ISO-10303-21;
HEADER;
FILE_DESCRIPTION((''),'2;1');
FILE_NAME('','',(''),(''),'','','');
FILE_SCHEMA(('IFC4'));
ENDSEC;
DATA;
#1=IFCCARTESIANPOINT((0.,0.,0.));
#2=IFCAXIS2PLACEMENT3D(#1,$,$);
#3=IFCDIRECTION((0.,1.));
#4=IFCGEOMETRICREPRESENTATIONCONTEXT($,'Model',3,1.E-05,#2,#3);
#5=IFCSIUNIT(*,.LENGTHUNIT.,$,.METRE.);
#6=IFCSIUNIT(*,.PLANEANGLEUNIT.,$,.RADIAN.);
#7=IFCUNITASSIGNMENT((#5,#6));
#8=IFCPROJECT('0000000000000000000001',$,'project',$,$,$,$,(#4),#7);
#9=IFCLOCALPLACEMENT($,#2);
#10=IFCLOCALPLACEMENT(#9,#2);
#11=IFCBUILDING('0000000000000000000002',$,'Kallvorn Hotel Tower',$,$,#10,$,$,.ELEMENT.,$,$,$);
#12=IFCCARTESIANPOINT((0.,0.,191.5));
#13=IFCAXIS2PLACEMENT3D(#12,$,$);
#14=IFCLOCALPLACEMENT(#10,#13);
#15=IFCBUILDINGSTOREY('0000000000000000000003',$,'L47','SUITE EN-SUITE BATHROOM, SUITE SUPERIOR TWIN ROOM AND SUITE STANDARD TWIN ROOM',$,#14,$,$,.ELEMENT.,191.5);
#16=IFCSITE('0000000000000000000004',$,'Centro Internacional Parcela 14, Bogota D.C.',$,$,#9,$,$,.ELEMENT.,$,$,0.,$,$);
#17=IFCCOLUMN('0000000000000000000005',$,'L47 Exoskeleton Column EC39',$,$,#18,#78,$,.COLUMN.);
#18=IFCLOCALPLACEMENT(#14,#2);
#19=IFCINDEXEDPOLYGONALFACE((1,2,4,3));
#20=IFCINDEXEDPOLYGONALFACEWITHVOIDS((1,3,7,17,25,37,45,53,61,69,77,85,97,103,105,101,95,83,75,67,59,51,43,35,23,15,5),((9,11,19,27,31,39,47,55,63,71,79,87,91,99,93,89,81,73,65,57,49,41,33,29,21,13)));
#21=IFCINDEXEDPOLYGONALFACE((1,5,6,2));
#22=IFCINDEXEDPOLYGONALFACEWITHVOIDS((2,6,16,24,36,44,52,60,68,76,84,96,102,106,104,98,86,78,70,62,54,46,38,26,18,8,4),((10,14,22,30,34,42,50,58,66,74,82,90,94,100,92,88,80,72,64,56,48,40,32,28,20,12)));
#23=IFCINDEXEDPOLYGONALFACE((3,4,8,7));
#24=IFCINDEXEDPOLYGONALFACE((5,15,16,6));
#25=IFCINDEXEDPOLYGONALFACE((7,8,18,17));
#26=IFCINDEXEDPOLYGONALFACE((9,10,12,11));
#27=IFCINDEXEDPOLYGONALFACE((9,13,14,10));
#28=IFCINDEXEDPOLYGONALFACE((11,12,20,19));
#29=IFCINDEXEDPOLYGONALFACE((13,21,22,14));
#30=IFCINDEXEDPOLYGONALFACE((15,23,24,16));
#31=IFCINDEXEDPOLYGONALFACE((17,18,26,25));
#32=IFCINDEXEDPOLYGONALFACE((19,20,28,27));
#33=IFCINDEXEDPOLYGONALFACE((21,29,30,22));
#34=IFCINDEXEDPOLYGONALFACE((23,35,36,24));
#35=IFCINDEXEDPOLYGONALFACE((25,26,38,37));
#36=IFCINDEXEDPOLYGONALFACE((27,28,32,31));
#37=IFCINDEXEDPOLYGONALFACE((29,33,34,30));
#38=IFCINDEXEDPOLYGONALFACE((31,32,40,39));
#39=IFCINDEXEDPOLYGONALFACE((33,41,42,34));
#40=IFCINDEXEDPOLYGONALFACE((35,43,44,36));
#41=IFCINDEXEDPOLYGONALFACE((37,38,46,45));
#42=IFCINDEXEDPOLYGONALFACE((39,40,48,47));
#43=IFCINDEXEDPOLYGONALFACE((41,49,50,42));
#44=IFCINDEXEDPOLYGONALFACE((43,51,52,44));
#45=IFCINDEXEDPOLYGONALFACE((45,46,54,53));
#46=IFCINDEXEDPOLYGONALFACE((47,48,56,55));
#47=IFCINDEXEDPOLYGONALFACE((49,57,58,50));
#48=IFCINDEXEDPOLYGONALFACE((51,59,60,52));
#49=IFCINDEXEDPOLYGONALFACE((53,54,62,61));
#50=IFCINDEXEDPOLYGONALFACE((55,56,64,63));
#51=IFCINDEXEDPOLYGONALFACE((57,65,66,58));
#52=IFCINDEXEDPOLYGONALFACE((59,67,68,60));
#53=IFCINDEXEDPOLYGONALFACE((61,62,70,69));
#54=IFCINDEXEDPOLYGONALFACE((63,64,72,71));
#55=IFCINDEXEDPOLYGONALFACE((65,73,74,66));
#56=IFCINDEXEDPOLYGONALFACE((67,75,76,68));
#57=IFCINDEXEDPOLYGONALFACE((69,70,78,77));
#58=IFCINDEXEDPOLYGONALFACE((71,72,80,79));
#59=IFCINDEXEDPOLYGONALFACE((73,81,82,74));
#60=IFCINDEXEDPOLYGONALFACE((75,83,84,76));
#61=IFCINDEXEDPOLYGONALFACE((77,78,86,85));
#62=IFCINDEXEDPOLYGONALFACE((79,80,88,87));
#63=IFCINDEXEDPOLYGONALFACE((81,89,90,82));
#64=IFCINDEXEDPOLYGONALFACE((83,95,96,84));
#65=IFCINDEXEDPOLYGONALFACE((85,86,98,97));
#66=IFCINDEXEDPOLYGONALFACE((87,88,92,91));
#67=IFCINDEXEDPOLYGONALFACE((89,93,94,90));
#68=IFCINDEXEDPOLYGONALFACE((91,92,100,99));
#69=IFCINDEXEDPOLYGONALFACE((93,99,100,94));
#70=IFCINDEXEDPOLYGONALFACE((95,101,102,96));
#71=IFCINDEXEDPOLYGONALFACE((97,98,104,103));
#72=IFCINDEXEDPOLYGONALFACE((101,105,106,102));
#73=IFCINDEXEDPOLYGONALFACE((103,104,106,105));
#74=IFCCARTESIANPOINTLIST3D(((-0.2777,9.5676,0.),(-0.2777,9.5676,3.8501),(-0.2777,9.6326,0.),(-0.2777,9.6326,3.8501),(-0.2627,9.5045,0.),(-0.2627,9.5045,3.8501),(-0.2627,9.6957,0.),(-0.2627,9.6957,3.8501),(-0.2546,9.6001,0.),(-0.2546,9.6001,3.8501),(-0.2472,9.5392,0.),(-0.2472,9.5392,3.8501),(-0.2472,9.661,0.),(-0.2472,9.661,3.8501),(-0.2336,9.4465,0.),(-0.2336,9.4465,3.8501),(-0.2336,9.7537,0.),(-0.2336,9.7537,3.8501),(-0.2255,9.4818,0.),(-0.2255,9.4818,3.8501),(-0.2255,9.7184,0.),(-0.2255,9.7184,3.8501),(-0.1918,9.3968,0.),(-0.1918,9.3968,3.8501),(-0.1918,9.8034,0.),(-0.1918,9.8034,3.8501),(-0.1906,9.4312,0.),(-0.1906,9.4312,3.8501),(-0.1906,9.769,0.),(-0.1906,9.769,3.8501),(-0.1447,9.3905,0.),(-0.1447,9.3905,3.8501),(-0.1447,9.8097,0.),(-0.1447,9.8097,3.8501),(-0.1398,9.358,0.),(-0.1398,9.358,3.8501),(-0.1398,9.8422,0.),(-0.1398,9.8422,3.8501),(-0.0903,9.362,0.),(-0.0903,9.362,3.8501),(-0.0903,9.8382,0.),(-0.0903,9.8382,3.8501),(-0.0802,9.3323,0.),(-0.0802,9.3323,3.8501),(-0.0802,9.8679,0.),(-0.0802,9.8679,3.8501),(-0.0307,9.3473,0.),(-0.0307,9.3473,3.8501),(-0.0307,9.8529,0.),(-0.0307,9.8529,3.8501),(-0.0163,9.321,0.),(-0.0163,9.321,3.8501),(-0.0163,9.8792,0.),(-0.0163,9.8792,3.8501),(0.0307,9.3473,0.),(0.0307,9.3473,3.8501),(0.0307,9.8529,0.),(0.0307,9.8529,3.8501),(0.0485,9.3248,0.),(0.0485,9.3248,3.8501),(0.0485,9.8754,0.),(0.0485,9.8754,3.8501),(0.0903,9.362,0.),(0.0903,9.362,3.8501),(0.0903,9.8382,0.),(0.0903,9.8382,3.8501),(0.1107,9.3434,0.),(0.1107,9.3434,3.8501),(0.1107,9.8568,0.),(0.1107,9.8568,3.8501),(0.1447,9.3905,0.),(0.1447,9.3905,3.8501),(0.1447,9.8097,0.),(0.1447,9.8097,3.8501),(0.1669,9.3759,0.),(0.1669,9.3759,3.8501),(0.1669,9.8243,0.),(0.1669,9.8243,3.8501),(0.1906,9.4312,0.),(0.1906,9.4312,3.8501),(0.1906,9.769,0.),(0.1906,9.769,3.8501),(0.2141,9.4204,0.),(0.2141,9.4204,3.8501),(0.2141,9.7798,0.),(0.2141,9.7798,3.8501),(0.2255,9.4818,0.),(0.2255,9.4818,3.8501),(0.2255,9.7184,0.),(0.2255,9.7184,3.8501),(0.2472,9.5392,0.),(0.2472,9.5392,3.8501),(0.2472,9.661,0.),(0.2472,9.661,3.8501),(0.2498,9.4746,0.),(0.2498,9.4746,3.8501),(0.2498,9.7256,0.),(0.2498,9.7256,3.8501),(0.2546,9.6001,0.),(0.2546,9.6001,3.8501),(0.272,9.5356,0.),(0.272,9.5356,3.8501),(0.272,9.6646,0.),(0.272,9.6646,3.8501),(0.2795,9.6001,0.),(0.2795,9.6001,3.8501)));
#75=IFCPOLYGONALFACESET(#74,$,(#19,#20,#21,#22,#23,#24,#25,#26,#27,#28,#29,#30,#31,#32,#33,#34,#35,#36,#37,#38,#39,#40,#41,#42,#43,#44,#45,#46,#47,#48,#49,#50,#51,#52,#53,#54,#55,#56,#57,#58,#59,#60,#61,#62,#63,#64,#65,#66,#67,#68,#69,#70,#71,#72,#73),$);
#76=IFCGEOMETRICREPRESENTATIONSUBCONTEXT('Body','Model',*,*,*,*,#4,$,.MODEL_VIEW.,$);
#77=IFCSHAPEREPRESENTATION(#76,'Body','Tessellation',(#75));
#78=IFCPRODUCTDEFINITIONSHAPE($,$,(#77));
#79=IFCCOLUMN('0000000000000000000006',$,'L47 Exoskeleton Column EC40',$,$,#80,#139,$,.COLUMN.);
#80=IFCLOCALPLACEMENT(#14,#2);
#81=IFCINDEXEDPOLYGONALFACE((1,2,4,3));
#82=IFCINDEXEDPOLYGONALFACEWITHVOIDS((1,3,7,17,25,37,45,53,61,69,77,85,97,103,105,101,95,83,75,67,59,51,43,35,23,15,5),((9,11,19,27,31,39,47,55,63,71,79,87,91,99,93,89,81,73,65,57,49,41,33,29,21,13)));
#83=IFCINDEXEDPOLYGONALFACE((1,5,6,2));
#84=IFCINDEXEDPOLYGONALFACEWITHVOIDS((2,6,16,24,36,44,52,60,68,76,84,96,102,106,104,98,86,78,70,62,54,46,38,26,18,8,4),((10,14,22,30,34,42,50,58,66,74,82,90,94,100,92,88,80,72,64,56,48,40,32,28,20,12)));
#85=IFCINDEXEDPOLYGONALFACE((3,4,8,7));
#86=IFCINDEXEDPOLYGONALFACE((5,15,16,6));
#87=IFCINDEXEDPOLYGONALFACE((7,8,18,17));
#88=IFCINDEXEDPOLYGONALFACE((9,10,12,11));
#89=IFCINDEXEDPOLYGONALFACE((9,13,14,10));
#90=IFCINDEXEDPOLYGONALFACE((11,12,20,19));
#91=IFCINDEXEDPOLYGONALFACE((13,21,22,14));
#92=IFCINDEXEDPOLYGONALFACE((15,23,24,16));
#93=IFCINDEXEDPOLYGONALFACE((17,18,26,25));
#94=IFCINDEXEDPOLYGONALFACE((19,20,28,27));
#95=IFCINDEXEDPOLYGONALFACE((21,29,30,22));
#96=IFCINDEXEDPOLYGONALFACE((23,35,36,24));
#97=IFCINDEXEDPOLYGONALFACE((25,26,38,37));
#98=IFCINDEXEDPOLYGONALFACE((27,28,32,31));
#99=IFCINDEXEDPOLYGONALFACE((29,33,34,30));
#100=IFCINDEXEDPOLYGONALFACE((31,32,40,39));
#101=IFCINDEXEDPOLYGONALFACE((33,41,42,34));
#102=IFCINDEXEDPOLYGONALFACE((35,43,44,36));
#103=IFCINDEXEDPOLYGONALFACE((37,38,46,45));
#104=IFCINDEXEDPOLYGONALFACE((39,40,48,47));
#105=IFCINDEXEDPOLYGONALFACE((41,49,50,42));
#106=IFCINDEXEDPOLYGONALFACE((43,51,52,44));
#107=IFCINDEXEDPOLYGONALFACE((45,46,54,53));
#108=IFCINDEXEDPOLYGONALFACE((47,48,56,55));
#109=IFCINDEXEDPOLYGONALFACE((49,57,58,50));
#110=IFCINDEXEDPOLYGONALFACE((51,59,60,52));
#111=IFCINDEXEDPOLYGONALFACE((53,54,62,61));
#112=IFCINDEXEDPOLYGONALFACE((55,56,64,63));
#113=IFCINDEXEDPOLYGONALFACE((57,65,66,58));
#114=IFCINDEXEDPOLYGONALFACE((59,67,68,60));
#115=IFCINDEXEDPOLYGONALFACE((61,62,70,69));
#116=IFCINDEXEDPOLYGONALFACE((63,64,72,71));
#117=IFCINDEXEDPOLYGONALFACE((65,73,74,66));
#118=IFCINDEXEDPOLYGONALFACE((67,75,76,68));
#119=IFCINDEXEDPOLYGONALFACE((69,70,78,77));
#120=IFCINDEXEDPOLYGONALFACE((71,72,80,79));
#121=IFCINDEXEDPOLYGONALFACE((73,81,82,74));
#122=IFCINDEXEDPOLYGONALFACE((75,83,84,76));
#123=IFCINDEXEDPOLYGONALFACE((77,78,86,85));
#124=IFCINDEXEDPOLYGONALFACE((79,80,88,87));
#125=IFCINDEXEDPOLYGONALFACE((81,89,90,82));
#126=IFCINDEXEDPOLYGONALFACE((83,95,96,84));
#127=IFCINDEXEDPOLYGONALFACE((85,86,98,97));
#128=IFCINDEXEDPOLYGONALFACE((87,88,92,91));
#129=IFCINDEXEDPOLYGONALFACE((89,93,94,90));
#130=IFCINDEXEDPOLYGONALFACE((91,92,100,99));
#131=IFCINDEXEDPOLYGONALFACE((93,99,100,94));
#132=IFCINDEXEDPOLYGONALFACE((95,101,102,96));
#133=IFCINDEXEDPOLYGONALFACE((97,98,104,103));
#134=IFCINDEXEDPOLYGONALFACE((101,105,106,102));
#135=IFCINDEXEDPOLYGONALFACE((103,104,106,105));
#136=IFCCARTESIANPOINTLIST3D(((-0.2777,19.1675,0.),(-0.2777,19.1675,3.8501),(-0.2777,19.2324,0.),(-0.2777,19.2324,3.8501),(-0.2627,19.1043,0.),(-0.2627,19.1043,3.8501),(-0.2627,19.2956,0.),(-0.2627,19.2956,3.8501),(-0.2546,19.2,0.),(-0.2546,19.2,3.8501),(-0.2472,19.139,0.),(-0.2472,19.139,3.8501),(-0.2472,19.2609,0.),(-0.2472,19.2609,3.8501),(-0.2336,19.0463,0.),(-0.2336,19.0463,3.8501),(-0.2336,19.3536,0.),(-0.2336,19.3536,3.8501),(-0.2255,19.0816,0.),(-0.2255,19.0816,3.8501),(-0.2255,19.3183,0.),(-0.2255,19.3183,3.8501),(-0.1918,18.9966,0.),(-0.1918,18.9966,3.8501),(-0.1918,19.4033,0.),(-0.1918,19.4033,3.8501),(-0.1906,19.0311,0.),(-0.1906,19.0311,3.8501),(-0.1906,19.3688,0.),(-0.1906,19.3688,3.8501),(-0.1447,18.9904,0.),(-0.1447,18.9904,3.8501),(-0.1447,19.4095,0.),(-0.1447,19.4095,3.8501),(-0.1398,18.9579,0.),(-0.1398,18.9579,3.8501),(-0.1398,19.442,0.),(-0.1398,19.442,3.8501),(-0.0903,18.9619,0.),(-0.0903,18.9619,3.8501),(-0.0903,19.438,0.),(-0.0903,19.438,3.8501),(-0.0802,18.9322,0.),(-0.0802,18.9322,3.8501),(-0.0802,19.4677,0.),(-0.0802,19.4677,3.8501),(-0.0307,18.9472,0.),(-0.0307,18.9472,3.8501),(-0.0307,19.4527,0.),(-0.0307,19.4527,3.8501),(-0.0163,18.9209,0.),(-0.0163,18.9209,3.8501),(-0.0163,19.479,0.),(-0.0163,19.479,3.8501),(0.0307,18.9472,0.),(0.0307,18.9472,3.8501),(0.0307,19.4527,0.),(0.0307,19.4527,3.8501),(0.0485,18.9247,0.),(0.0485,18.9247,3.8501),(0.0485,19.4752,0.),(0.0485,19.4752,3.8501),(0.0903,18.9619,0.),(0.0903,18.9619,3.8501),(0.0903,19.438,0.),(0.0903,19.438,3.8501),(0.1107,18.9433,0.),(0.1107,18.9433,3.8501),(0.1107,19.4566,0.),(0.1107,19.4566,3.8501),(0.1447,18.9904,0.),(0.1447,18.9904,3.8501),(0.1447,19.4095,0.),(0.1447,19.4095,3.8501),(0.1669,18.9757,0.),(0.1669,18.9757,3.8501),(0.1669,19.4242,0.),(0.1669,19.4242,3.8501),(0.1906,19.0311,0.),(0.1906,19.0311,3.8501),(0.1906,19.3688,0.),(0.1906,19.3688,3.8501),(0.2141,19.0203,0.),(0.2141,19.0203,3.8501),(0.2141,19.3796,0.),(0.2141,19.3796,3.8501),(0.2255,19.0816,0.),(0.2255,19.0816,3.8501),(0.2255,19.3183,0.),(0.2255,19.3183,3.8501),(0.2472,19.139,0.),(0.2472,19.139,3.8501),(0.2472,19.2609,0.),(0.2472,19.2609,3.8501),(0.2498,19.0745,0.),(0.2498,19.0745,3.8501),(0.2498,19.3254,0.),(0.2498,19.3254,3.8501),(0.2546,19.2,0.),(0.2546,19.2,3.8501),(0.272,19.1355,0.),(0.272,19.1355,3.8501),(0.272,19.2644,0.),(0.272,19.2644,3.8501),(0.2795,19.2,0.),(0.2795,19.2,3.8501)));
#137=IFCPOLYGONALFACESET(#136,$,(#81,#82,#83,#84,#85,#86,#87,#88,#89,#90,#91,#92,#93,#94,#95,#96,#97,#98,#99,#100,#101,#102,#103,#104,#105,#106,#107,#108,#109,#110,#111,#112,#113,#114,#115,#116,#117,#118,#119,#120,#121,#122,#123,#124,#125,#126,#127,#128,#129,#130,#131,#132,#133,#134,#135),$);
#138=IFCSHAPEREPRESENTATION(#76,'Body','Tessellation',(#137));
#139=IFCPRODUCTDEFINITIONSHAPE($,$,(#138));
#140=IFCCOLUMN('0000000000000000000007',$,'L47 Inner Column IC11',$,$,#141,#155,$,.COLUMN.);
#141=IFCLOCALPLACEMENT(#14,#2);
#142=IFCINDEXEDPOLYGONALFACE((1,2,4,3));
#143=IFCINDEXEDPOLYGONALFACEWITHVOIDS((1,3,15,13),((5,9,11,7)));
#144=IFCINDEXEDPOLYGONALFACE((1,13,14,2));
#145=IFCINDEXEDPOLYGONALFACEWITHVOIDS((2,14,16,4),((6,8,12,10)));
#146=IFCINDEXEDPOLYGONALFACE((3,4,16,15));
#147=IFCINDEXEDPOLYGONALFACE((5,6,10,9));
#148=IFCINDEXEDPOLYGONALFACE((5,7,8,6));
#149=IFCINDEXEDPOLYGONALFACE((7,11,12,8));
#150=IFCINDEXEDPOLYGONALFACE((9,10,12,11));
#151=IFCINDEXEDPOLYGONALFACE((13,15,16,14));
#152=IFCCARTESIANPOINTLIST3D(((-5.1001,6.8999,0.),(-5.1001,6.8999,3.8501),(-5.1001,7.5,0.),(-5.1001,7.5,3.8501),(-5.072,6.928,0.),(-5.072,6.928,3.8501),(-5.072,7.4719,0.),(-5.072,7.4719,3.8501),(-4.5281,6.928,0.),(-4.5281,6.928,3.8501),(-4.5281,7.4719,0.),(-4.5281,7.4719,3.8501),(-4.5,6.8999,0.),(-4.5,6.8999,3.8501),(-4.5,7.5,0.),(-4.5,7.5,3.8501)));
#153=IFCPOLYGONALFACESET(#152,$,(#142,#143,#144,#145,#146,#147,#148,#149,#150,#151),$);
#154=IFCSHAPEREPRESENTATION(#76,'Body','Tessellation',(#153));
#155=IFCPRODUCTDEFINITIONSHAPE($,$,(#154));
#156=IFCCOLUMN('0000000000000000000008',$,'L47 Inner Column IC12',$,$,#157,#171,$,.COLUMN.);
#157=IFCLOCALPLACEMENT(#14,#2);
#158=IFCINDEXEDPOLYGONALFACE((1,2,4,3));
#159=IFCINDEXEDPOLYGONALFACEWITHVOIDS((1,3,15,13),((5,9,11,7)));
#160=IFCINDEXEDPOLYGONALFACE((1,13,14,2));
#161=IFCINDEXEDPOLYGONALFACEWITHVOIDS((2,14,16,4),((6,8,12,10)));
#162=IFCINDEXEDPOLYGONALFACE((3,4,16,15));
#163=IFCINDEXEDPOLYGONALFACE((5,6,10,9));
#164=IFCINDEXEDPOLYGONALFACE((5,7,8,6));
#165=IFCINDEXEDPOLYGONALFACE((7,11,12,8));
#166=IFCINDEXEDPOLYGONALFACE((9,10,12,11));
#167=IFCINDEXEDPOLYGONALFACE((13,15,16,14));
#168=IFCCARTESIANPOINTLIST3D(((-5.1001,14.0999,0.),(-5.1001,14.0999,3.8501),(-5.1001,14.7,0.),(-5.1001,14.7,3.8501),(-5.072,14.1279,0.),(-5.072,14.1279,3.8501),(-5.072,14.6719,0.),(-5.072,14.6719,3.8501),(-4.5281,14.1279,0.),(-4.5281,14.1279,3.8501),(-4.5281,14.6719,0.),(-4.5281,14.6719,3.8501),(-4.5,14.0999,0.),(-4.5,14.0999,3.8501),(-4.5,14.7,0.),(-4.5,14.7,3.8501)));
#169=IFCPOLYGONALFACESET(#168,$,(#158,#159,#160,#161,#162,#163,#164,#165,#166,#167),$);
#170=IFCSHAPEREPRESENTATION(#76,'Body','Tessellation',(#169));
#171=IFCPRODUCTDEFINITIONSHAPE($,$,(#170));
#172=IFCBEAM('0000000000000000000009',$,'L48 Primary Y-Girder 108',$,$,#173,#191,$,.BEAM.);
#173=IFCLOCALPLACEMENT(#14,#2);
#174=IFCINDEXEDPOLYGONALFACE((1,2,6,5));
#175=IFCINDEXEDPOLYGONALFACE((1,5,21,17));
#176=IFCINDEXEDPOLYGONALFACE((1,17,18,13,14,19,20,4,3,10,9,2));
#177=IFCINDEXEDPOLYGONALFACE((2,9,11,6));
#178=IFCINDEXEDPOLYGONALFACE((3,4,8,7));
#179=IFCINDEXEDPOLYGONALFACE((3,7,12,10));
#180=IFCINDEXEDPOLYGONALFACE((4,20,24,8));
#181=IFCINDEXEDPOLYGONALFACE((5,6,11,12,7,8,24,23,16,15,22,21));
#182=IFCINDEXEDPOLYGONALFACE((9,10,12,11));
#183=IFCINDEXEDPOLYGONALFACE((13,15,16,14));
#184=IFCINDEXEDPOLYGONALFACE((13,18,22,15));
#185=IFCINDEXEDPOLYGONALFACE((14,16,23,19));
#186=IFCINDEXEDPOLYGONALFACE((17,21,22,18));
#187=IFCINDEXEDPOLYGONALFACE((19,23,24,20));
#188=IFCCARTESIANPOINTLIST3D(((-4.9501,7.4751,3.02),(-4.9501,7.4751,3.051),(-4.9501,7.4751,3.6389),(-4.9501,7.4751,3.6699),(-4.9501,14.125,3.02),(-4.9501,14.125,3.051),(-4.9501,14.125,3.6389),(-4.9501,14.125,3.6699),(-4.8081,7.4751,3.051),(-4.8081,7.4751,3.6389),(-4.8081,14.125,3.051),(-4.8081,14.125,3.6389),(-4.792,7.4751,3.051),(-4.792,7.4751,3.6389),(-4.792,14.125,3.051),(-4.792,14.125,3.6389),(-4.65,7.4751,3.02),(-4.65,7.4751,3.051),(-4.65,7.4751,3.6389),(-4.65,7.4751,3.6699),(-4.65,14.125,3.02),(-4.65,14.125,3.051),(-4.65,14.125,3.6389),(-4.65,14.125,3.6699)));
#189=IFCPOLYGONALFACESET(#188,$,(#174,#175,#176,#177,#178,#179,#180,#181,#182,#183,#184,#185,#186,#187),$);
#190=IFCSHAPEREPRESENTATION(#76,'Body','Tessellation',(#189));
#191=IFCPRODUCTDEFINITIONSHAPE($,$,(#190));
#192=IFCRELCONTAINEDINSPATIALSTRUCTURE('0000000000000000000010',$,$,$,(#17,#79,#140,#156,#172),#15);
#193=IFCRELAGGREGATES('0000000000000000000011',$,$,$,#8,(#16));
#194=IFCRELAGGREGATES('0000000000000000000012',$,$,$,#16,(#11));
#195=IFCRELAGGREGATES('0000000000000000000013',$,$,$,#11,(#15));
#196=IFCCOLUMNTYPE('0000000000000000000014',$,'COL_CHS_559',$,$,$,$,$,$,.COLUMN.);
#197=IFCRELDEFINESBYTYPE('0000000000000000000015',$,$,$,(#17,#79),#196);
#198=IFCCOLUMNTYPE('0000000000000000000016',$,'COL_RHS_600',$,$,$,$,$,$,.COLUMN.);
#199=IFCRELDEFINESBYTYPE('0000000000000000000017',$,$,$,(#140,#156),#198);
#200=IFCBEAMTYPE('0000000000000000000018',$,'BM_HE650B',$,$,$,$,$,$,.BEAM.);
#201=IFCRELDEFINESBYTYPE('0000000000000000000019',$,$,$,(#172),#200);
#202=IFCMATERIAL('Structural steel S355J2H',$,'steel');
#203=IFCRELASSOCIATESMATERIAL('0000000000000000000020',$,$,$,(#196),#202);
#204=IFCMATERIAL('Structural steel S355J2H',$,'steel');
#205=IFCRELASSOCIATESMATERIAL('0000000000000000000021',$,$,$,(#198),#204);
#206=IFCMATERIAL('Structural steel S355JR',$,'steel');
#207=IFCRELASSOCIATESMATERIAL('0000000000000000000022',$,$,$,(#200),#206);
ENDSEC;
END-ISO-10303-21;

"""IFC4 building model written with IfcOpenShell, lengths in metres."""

from ifc_helpers import new_model, si_unit, direction, frame, origin, origin_2d, place, context, subcontext, project, spatial, hollow_rectangle, hollow_circle, i_section, extrude, material, material_profile, profile_set, type_object, element, save


model = new_model("IFC4")

# Units and contexts
model_context = context("Model", 3, precision=1e-05, world=origin(), true_north=direction((0.0, 1.0)))
body_context = subcontext(model_context, "Body", "Model", "MODEL_VIEW")
ifc_project = project(units=[si_unit("LENGTHUNIT", "METRE"), si_unit("PLANEANGLEUNIT", "RADIAN")], contexts=[model_context])

# Site, building, storey
site_placement = place(None, origin())
site = spatial("IfcSite", under=ifc_project, at=site_placement, Name="Centro Internacional Parcela 14, Bogota D.C.", CompositionType="ELEMENT", RefElevation=0.0)
building_placement = place(site_placement, origin())
building = spatial("IfcBuilding", under=site, at=building_placement, Name="Kallvorn Hotel Tower", CompositionType="ELEMENT")
storey_placement = place(building_placement, frame((0.0, 0.0, 191.5)))
storey = spatial("IfcBuildingStorey", under=building, at=storey_placement, Name="L47", Description="SUITE EN-SUITE BATHROOM, SUITE SUPERIOR TWIN ROOM AND SUITE STANDARD TWIN ROOM", CompositionType="ELEMENT", Elevation=191.5)

# Columns
ifc_material_1 = material(Name="Structural steel S355J2H", Category="steel")
ifc_material_profile_1 = material_profile(ifc_material_1, hollow_circle(Radius=0.2795, WallThickness=0.0249, at=origin_2d()), Name="CHS 559x25")
ifc_profile_set_1 = profile_set([ifc_material_profile_1], Name="Structural steel S355J2H")
column_type_1 = type_object("IfcColumnType", Name="COL_CHS_559", PredefinedType="COLUMN", material=ifc_profile_set_1)
for number, where, z_axis, x_axis, name in (
    (1, (0.0, 9.6001, 0.0), (0.0, 0.0, 1.0), (1.0, 0.0, 0.0), "L47 Exoskeleton Column EC39"),
    (2, (0.0, 19.2, 0.0), (0.0, 0.0, 1.0), (1.0, 0.0, 0.0), "L47 Exoskeleton Column EC40"),
):
    element("IfcColumn", number, at=place(storey_placement, frame(where, z_axis=z_axis, x_axis=x_axis)), inside=storey, type_object=column_type_1, Name=name, PredefinedType="COLUMN", context=body_context, shape_type="SweptSolid", body=[
        extrude(hollow_circle(Radius=0.2795, WallThickness=0.0249, at=origin_2d()), origin(), (0.0, 0.0, 1.0), 3.8501),
    ])
ifc_material_2 = material(Name="Structural steel S355J2H", Category="steel")
ifc_material_profile_2 = material_profile(ifc_material_2, hollow_rectangle(XDim=0.6001, YDim=0.6001, WallThickness=0.0281, at=origin_2d()), Name="RHS 600x600x28")
ifc_profile_set_2 = profile_set([ifc_material_profile_2], Name="Structural steel S355J2H")
column_type_2 = type_object("IfcColumnType", Name="COL_RHS_600", PredefinedType="COLUMN", material=ifc_profile_set_2)
for number, where, z_axis, x_axis, name in (
    (3, (-4.8, 7.2, 0.0), (0.0, 0.0, 1.0), (1.0, 0.0, 0.0), "L47 Inner Column IC11"),
    (4, (-4.8, 14.3999, 0.0), (0.0, 0.0, 1.0), (1.0, 0.0, 0.0), "L47 Inner Column IC12"),
):
    element("IfcColumn", number, at=place(storey_placement, frame(where, z_axis=z_axis, x_axis=x_axis)), inside=storey, type_object=column_type_2, Name=name, PredefinedType="COLUMN", context=body_context, shape_type="SweptSolid", body=[
        extrude(hollow_rectangle(XDim=0.6001, YDim=0.6001, WallThickness=0.0281, at=origin_2d()), origin(), (0.0, 0.0, 1.0), 3.8501),
    ])

# Beam
ifc_material_3 = material(Name="Structural steel S355JR", Category="steel")
ifc_material_profile_3 = material_profile(ifc_material_3, i_section(OverallWidth=0.3, OverallDepth=0.6499, WebThickness=0.0161, FlangeThickness=0.031, at=origin_2d()), Name="HE 650 B")
ifc_profile_set_3 = profile_set([ifc_material_profile_3], Name="Structural steel S355JR")
beam_type_1 = type_object("IfcBeamType", Name="BM_HE650B", PredefinedType="BEAM", material=ifc_profile_set_3)
beam_1_placement = place(storey_placement, frame((-4.8, 7.4751, 3.345), z_axis=(0.0, 1.0, 0.0), x_axis=(-1.0, 0.0, 0.0)))
element("IfcBeam", 5, at=beam_1_placement, inside=storey, type_object=beam_type_1, Name="L48 Primary Y-Girder 108", PredefinedType="BEAM", context=body_context, shape_type="SweptSolid", body=[
    extrude(i_section(OverallWidth=0.3, OverallDepth=0.6499, WebThickness=0.0161, FlangeThickness=0.031, at=origin_2d()), origin(), (0.0, 0.0, 1.0), 6.6499),
])

save(model, "model.ifc")
